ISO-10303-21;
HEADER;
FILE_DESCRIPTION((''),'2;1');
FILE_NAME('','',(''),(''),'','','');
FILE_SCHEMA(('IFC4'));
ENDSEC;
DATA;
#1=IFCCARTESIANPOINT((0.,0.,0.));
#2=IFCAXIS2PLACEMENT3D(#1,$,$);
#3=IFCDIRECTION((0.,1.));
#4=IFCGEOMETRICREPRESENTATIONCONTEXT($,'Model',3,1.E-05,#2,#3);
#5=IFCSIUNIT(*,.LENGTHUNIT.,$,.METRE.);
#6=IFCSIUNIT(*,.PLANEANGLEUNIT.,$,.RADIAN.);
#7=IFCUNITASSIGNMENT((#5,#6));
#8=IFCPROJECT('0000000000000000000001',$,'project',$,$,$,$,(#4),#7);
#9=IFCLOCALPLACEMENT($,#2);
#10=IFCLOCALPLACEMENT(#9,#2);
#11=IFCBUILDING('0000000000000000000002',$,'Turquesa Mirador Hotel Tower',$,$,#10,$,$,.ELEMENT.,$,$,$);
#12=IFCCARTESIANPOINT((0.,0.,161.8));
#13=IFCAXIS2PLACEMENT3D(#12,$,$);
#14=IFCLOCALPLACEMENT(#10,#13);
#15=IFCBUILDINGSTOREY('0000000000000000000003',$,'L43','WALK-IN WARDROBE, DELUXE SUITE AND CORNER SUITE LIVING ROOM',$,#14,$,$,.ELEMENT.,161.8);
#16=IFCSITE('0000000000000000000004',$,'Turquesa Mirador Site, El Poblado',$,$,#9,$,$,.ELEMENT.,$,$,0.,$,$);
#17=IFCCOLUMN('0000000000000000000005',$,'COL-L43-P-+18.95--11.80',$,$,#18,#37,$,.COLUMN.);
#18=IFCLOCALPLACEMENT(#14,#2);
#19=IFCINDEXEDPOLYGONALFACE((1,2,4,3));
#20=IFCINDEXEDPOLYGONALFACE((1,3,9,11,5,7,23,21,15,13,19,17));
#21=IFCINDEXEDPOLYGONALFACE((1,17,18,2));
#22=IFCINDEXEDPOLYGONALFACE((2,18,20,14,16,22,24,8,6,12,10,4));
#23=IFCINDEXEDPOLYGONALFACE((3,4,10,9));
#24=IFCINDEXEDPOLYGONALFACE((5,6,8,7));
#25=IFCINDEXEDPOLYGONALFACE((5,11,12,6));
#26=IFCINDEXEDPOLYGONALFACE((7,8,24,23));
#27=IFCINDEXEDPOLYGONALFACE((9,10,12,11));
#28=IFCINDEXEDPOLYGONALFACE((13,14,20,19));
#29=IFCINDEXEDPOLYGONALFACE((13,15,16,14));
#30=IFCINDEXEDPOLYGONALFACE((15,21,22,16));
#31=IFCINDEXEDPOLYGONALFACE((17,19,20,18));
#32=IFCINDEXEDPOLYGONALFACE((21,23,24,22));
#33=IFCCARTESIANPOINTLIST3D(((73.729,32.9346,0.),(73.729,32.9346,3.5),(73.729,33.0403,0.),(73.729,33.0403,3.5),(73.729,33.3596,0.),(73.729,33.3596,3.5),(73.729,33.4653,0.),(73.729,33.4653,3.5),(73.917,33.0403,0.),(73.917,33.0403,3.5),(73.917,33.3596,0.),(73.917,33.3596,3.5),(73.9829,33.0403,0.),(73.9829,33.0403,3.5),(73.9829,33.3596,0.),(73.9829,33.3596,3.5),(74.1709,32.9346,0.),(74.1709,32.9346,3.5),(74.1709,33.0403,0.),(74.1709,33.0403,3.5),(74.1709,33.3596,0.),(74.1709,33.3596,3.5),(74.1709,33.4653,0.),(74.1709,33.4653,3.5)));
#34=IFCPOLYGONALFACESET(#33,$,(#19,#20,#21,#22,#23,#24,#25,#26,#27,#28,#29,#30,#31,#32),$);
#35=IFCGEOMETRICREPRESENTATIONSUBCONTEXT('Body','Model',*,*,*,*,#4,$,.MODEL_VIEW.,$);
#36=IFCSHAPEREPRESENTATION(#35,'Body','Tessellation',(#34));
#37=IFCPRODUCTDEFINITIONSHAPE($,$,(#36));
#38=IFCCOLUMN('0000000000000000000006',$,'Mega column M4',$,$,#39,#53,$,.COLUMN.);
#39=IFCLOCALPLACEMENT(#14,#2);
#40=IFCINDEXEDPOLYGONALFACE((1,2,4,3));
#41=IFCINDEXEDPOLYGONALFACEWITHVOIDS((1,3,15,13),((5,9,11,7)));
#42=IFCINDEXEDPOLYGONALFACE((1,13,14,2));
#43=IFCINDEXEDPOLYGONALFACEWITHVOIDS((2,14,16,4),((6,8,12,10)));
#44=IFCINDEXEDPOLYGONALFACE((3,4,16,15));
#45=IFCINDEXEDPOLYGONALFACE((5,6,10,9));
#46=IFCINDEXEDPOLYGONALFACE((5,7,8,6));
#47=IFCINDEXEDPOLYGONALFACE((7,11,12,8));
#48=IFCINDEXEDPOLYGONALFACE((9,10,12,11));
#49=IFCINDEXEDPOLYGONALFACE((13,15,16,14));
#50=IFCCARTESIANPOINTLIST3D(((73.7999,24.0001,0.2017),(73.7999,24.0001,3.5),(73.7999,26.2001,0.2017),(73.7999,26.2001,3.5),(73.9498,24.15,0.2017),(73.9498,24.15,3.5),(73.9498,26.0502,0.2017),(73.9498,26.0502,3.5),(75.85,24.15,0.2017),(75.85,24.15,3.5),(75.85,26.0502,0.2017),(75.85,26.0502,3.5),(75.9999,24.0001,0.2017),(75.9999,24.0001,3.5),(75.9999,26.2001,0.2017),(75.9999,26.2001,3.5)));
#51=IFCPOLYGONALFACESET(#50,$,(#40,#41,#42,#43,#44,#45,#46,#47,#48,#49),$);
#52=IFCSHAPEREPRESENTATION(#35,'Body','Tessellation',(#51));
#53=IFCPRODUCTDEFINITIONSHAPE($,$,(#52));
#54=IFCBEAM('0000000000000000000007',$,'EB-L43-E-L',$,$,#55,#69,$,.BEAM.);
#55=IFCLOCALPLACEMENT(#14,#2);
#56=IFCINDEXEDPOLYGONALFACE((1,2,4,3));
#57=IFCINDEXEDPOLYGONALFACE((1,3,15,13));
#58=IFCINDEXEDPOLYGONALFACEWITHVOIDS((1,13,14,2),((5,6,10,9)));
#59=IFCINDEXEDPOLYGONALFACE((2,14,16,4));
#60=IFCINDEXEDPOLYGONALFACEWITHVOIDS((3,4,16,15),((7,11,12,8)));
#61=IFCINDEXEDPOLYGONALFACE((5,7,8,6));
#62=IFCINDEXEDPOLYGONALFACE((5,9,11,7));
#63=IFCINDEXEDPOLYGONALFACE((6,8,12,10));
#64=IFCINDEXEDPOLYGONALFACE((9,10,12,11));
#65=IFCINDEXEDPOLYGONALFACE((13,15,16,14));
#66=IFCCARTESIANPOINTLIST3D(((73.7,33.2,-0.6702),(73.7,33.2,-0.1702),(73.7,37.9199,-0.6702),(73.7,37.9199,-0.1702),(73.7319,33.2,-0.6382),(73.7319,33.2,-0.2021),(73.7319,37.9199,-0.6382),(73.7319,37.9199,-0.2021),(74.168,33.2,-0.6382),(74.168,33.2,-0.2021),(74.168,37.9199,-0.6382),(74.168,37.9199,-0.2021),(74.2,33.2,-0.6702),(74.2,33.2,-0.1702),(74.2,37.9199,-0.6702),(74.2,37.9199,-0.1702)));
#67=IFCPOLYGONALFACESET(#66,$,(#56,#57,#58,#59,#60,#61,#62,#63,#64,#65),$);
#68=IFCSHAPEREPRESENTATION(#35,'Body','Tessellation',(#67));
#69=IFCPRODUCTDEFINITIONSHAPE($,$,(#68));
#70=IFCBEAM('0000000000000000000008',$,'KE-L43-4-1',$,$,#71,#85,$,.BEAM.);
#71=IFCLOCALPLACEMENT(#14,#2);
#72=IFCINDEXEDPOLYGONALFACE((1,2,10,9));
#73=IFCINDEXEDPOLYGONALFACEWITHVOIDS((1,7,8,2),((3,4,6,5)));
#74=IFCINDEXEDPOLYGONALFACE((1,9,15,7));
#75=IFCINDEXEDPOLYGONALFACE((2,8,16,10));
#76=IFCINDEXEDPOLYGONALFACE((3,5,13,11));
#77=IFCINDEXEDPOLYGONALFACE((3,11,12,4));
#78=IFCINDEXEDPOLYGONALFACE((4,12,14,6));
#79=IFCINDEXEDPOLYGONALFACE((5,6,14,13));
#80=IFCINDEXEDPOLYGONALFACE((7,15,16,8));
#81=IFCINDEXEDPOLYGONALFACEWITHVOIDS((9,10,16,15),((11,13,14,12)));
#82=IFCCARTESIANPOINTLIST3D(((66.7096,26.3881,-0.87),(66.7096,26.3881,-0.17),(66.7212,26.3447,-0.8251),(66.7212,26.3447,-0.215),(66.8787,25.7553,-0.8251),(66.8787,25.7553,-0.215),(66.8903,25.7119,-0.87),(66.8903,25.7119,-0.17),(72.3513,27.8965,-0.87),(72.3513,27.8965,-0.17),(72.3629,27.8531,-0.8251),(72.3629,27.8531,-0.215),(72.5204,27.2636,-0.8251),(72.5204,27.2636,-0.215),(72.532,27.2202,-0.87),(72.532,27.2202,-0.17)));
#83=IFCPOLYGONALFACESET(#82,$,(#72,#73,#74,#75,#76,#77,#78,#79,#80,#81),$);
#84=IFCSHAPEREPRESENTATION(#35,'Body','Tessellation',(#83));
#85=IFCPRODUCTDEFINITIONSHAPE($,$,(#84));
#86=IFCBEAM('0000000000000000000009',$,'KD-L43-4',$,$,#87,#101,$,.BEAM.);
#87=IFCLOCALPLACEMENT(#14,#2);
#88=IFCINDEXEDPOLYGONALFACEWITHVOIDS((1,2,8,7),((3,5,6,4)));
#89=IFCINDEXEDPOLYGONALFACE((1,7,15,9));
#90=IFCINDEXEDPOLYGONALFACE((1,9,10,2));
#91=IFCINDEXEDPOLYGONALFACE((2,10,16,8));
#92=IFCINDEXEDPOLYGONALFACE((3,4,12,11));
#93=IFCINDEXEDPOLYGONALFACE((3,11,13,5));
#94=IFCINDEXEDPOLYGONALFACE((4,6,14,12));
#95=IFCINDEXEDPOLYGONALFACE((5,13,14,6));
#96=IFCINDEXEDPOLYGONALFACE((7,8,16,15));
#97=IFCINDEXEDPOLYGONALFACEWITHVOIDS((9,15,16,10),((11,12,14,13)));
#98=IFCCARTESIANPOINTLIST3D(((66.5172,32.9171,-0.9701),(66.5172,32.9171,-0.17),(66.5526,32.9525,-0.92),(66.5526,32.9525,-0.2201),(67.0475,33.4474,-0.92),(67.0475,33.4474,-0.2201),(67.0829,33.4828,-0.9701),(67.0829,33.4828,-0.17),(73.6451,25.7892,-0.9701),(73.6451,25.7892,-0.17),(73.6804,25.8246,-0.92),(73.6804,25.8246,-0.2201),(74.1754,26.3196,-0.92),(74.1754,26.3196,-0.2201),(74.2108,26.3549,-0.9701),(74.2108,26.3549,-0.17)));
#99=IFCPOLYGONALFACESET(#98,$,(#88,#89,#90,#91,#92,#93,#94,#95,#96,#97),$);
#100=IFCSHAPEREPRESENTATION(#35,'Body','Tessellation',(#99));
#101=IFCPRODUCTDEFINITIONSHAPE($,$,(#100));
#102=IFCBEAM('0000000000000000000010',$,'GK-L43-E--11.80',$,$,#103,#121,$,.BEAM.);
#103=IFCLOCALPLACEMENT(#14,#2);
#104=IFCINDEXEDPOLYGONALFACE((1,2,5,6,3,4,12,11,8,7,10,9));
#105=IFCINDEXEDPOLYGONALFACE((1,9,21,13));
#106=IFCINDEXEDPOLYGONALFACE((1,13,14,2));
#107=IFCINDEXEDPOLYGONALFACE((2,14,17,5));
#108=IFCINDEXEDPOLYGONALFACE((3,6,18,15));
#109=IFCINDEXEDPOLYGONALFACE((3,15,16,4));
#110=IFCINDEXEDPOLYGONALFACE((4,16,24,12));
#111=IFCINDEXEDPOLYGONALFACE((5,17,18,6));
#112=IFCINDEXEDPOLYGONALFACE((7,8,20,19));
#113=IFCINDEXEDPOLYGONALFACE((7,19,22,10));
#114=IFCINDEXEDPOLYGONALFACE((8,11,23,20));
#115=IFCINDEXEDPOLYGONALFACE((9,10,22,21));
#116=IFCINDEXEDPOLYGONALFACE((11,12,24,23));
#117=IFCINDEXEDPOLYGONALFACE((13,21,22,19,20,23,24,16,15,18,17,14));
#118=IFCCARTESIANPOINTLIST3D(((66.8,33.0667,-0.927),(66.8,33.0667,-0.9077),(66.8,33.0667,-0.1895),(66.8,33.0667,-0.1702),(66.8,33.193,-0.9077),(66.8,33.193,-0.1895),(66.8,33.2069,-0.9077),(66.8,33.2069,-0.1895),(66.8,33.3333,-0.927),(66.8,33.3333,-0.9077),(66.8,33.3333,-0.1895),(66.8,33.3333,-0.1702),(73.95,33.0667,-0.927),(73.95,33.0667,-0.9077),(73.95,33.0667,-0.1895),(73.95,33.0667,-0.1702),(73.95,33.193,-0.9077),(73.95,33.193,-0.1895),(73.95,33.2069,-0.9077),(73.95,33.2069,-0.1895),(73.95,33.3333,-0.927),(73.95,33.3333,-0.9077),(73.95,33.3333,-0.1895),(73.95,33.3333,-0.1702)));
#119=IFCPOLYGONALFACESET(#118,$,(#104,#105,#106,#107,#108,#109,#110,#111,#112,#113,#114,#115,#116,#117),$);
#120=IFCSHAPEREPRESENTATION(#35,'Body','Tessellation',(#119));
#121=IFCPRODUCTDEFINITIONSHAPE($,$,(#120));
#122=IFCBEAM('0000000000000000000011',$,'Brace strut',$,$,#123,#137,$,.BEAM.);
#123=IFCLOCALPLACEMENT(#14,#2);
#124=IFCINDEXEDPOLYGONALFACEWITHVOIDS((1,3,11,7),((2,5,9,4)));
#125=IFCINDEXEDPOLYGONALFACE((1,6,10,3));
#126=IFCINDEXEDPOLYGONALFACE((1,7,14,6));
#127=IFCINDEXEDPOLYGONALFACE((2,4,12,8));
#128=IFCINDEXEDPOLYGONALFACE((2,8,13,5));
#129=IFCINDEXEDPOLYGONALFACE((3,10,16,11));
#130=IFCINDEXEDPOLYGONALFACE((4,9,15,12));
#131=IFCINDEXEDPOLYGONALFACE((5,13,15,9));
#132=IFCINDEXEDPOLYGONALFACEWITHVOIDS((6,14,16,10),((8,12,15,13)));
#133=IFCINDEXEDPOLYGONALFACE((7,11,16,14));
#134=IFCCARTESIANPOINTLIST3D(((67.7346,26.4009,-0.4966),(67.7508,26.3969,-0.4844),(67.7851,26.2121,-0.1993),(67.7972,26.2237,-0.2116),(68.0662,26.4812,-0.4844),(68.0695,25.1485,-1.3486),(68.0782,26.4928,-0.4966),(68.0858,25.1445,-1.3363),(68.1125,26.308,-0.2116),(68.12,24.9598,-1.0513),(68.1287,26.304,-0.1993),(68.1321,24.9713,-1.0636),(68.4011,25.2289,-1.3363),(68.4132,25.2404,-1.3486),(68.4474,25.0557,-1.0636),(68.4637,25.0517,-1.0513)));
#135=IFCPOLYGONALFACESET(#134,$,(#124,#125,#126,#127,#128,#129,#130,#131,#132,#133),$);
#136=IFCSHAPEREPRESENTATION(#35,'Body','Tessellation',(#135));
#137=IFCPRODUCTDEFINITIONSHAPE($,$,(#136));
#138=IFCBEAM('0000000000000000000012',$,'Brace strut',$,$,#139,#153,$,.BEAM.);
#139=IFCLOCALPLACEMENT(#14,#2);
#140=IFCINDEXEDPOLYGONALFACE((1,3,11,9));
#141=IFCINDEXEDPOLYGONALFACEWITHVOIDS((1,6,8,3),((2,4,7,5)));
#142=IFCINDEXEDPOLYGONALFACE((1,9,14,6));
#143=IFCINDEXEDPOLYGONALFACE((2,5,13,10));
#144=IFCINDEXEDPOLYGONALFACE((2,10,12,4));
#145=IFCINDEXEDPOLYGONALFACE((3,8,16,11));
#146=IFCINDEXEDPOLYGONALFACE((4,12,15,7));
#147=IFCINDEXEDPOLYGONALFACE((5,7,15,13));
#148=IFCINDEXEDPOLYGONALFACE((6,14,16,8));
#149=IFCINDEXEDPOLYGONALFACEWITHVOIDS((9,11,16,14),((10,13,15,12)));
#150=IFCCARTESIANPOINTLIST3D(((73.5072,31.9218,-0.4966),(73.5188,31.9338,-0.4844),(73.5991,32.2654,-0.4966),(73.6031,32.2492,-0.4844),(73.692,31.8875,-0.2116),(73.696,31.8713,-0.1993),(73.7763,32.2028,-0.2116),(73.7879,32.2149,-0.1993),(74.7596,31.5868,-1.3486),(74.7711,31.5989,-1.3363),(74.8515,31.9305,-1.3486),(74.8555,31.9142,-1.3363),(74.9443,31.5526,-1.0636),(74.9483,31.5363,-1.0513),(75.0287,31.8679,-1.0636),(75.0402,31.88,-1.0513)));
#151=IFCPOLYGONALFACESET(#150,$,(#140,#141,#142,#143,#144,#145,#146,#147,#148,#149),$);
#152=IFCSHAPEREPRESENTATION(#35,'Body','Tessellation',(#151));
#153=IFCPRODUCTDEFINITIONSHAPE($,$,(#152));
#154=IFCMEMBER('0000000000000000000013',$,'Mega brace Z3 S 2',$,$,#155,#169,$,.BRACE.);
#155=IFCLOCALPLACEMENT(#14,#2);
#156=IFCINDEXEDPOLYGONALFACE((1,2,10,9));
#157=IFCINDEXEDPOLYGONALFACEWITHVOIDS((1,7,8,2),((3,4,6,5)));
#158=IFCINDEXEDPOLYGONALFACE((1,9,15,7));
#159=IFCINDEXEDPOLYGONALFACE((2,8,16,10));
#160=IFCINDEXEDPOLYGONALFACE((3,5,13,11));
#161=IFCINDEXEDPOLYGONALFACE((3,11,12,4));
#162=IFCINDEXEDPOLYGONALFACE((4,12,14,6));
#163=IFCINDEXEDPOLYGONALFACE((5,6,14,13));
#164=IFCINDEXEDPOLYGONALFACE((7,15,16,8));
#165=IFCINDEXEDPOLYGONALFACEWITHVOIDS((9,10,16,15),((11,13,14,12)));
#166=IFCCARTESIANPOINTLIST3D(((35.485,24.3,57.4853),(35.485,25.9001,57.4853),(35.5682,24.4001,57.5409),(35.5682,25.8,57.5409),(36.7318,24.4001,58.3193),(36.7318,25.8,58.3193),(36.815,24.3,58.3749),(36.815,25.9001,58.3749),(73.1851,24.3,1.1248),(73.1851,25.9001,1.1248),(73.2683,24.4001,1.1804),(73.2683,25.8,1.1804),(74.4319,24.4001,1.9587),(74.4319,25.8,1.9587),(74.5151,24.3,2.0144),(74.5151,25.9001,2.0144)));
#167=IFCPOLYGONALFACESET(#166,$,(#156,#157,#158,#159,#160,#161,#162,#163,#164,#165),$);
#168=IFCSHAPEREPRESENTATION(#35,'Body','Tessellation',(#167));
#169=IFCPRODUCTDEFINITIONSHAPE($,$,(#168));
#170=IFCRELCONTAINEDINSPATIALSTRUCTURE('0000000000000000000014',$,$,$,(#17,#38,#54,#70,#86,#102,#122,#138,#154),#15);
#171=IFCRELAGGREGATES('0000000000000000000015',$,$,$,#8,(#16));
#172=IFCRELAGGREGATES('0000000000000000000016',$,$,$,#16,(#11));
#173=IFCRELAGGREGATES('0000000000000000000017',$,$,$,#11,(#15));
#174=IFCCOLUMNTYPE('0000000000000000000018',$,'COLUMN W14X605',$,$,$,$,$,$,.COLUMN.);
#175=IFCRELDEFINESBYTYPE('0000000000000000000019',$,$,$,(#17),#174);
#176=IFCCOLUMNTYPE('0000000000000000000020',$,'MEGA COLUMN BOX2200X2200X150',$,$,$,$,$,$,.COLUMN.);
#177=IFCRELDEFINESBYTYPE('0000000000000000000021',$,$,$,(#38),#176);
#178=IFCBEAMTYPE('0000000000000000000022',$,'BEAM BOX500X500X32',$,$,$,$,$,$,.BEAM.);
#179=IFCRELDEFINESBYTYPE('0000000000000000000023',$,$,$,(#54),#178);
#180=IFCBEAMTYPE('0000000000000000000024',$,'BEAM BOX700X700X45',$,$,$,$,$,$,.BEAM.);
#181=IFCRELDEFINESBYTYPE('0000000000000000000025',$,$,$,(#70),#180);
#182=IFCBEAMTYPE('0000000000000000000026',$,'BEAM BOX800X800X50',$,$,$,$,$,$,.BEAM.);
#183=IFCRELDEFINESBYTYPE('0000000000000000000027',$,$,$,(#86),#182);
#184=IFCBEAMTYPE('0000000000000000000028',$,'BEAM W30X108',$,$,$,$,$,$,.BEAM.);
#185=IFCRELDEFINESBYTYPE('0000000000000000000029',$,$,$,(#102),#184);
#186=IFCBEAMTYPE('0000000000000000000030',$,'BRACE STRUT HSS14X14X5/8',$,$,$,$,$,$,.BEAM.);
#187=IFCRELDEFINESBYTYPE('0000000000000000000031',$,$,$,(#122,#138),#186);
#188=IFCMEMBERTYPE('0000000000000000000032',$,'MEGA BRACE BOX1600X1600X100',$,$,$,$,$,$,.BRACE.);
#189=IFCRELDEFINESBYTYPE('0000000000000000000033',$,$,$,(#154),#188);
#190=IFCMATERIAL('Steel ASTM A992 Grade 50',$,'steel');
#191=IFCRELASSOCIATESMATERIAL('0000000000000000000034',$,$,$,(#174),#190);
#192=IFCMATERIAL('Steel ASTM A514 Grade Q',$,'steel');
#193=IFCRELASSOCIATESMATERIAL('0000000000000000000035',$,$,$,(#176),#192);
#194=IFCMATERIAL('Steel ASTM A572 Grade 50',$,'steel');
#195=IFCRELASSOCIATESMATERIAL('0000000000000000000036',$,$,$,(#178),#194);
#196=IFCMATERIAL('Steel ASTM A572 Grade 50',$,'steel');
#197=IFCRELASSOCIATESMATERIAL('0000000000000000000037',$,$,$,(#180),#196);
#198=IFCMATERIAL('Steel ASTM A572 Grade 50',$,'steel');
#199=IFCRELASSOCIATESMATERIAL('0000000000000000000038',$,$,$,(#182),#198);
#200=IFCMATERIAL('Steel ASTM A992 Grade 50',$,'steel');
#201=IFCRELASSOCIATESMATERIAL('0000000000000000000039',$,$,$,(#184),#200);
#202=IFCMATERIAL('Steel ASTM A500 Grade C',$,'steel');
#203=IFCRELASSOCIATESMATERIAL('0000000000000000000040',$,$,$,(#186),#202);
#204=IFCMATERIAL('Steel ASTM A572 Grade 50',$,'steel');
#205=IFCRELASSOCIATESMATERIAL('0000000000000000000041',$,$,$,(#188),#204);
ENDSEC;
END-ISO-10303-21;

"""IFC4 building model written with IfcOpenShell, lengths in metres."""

from ifc_helpers import new_model, si_unit, direction, frame, origin, origin_2d, place, context, subcontext, project, spatial, hollow_rectangle, i_section, extrude, clip, halfspace, material, material_profile, profile_set, type_object, element, save


model = new_model("IFC4")

# Units and contexts
model_context = context("Model", 3, precision=1e-05, world=origin(), true_north=direction((0.0, 1.0)))
body_context = subcontext(model_context, "Body", "Model", "MODEL_VIEW")
ifc_project = project(units=[si_unit("LENGTHUNIT", "METRE"), si_unit("PLANEANGLEUNIT", "RADIAN")], contexts=[model_context])

# Site, building, storey
site_placement = place(None, origin())
site = spatial("IfcSite", under=ifc_project, at=site_placement, Name="Turquesa Mirador Site, El Poblado", CompositionType="ELEMENT", RefElevation=0.0)
building_placement = place(site_placement, origin())
building = spatial("IfcBuilding", under=site, at=building_placement, Name="Turquesa Mirador Hotel Tower", CompositionType="ELEMENT")
storey_placement = place(building_placement, frame((0.0, 0.0, 161.8)))
storey = spatial("IfcBuildingStorey", under=building, at=storey_placement, Name="L43", Description="WALK-IN WARDROBE, DELUXE SUITE AND CORNER SUITE LIVING ROOM", CompositionType="ELEMENT", Elevation=161.8)

# Columns
ifc_material_1 = material(Name="Steel ASTM A992 Grade 50", Category="steel")
ifc_material_profile_1 = material_profile(ifc_material_1, i_section(OverallWidth=0.4419, OverallDepth=0.5308, WebThickness=0.0659, FlangeThickness=0.1057, at=origin_2d()), Name="W14X605")
ifc_profile_set_1 = profile_set([ifc_material_profile_1], Name="Steel ASTM A992 Grade 50")
column_type_1 = type_object("IfcColumnType", Name="COLUMN W14X605", PredefinedType="COLUMN", material=ifc_profile_set_1)
column_1_placement = place(storey_placement, frame((73.95, 33.2, 0.0), z_axis=(0.0, 0.0, 1.0), x_axis=(1.0, 0.0, 0.0)))
element("IfcColumn", 1, at=column_1_placement, inside=storey, type_object=column_type_1, Name="COL-L43-P-+18.95--11.80", PredefinedType="COLUMN", context=body_context, shape_type="SweptSolid", body=[
    extrude(i_section(OverallWidth=0.4419, OverallDepth=0.5308, WebThickness=0.0659, FlangeThickness=0.1057, at=origin_2d()), origin(), (0.0, 0.0, 1.0), 3.5),
])
ifc_material_2 = material(Name="Steel ASTM A514 Grade Q", Category="steel")
ifc_material_profile_2 = material_profile(ifc_material_2, hollow_rectangle(XDim=2.2, YDim=2.2, WallThickness=0.1499, at=origin_2d()), Name="BOX2200X2200X150")
ifc_profile_set_2 = profile_set([ifc_material_profile_2], Name="Steel ASTM A514 Grade Q")
column_type_2 = type_object("IfcColumnType", Name="MEGA COLUMN BOX2200X2200X150", PredefinedType="COLUMN", material=ifc_profile_set_2)
column_2_placement = place(storey_placement, frame((74.8999, 25.1001, 0.0), z_axis=(0.0, 0.0, 1.0), x_axis=(1.0, 0.0, 0.0)))
element("IfcColumn", 2, at=column_2_placement, inside=storey, type_object=column_type_2, Name="Mega column M4", PredefinedType="COLUMN", context=body_context, shape_type="Clipping", body=[
    clip(extrude(hollow_rectangle(XDim=2.2, YDim=2.2, WallThickness=0.1499, at=origin_2d()), origin(), (0.0, 0.0, 1.0), 3.5), halfspace(frame((0.0, 0.0, 0.2017), z_axis=(0.0, 0.0, -1.0), x_axis=(1.0, 0.0, 0.0)), False)),
])

# Beams
ifc_material_3 = material(Name="Steel ASTM A572 Grade 50", Category="steel")
ifc_material_profile_3 = material_profile(ifc_material_3, hollow_rectangle(XDim=0.5, YDim=0.5, WallThickness=0.032, at=origin_2d()), Name="BOX500X500X32")
ifc_profile_set_3 = profile_set([ifc_material_profile_3], Name="Steel ASTM A572 Grade 50")
beam_type_1 = type_object("IfcBeamType", Name="BEAM BOX500X500X32", PredefinedType="BEAM", material=ifc_profile_set_3)
beam_1_placement = place(storey_placement, frame((73.95, 33.2, -0.4202), z_axis=(0.0, 1.0, 0.0), x_axis=(-1.0, 0.0, 0.0)))
element("IfcBeam", 3, at=beam_1_placement, inside=storey, type_object=beam_type_1, Name="EB-L43-E-L", PredefinedType="BEAM", context=body_context, shape_type="SweptSolid", body=[
    extrude(hollow_rectangle(XDim=0.5, YDim=0.5, WallThickness=0.032, at=origin_2d()), origin(), (0.0, 0.0, 1.0), 4.72),
])
ifc_material_4 = material(Name="Steel ASTM A572 Grade 50", Category="steel")
ifc_material_profile_4 = material_profile(ifc_material_4, hollow_rectangle(XDim=0.7, YDim=0.7, WallThickness=0.0449, at=origin_2d()), Name="BOX700X700X45")
ifc_profile_set_4 = profile_set([ifc_material_profile_4], Name="Steel ASTM A572 Grade 50")
beam_type_2 = type_object("IfcBeamType", Name="BEAM BOX700X700X45", PredefinedType="BEAM", material=ifc_profile_set_4)
beam_2_placement = place(storey_placement, frame((72.4417, 27.5583, -0.52), z_axis=(-0.96607, -0.258282, 0.0), x_axis=(0.258282, -0.96607, 0.0)))
element("IfcBeam", 4, at=beam_2_placement, inside=storey, type_object=beam_type_2, Name="KE-L43-4-1", PredefinedType="BEAM", context=body_context, shape_type="SweptSolid", body=[
    extrude(hollow_rectangle(XDim=0.7, YDim=0.7, WallThickness=0.0449, at=origin_2d()), origin(), (0.0, 0.0, 1.0), 5.8398),
])
ifc_material_5 = material(Name="Steel ASTM A572 Grade 50", Category="steel")
ifc_material_profile_5 = material_profile(ifc_material_5, hollow_rectangle(XDim=0.8, YDim=0.8, WallThickness=0.05, at=origin_2d()), Name="BOX800X800X50")
ifc_profile_set_5 = profile_set([ifc_material_profile_5], Name="Steel ASTM A572 Grade 50")
beam_type_3 = type_object("IfcBeamType", Name="BEAM BOX800X800X50", PredefinedType="BEAM", material=ifc_profile_set_5)
beam_3_placement = place(storey_placement, frame((66.8, 33.2, -0.5701), z_axis=(0.707107, -0.707107, 0.0), x_axis=(0.707107, 0.707107, 0.0)))
element("IfcBeam", 5, at=beam_3_placement, inside=storey, type_object=beam_type_3, Name="KD-L43-4", PredefinedType="BEAM", context=body_context, shape_type="SweptSolid", body=[
    extrude(hollow_rectangle(XDim=0.8, YDim=0.8, WallThickness=0.05, at=origin_2d()), origin(), (0.0, 0.0, 1.0), 10.0803),
])
ifc_material_6 = material(Name="Steel ASTM A992 Grade 50", Category="steel")
ifc_material_profile_6 = material_profile(ifc_material_6, i_section(OverallWidth=0.2666, OverallDepth=0.7568, WebThickness=0.0139, FlangeThickness=0.0193, at=origin_2d()), Name="W30X108")
ifc_profile_set_6 = profile_set([ifc_material_profile_6], Name="Steel ASTM A992 Grade 50")
beam_type_4 = type_object("IfcBeamType", Name="BEAM W30X108", PredefinedType="BEAM", material=ifc_profile_set_6)
beam_4_placement = place(storey_placement, frame((73.95, 33.2, -0.5486), z_axis=(-1.0, 0.0, 0.0), x_axis=(0.0, -1.0, 0.0)))
element("IfcBeam", 6, at=beam_4_placement, inside=storey, type_object=beam_type_4, Name="GK-L43-E--11.80", PredefinedType="BEAM", context=body_context, shape_type="SweptSolid", body=[
    extrude(i_section(OverallWidth=0.2666, OverallDepth=0.7568, WebThickness=0.0139, FlangeThickness=0.0193, at=origin_2d()), origin(), (0.0, 0.0, 1.0), 7.1499),
])
ifc_material_7 = material(Name="Steel ASTM A500 Grade C", Category="steel")
ifc_material_profile_7 = material_profile(ifc_material_7, hollow_rectangle(XDim=0.3557, YDim=0.3557, WallThickness=0.0146, at=origin_2d()), Name="HSS14X14X5/8")
ifc_profile_set_7 = profile_set([ifc_material_profile_7], Name="Steel ASTM A500 Grade C")
beam_type_5 = type_object("IfcBeamType", Name="BRACE STRUT HSS14X14X5/8", PredefinedType="BEAM", material=ifc_profile_set_7)
for number, where, z_axis, x_axis, name in (
    (7, (68.2666, 25.1001, -1.2), (-0.215911, 0.807305, 0.549219), (-0.966047, -0.258366, 0.0), "Brace strut"),
    (8, (74.8999, 31.7334, -1.2), (-0.807305, 0.215911, 0.549219), (-0.258366, -0.966047, 0.0), "Brace strut"),
):
    element("IfcBeam", number, at=place(storey_placement, frame(where, z_axis=z_axis, x_axis=x_axis)), inside=storey, type_object=beam_type_5, Name=name, PredefinedType="BEAM", context=body_context, shape_type="SweptSolid", body=[
        extrude(hollow_rectangle(XDim=0.3557, YDim=0.3557, WallThickness=0.0146, at=origin_2d()), origin(), (0.0, 0.0, 1.0), 1.5513),
    ])

# Member
ifc_material_8 = material(Name="Steel ASTM A572 Grade 50", Category="steel")
ifc_material_profile_8 = material_profile(ifc_material_8, hollow_rectangle(XDim=1.6001, YDim=1.6001, WallThickness=0.1001, at=origin_2d()), Name="BOX1600X1600X100")
ifc_profile_set_8 = profile_set([ifc_material_profile_8], Name="Steel ASTM A572 Grade 50")
member_type = type_object("IfcMemberType", Name="MEGA BRACE BOX1600X1600X100", PredefinedType="BRACE", material=ifc_profile_set_8)
for number, where, z_axis, x_axis, name in (
    (9, (73.8501, 25.1001, 1.5696), (-0.555991, 0.0, 0.831188), (0.0, -1.0, 0.0), "Mega brace Z3 S 2"),
):
    element("IfcMember", number, at=place(storey_placement, frame(where, z_axis=z_axis, x_axis=x_axis)), inside=storey, type_object=member_type, Name=name, PredefinedType="BRACE", context=body_context, shape_type="SweptSolid", body=[
        extrude(hollow_rectangle(XDim=1.6001, YDim=1.6001, WallThickness=0.1001, at=origin_2d()), origin(), (0.0, 0.0, 1.0), 67.8071),
    ])

save(model, "model.ifc")
